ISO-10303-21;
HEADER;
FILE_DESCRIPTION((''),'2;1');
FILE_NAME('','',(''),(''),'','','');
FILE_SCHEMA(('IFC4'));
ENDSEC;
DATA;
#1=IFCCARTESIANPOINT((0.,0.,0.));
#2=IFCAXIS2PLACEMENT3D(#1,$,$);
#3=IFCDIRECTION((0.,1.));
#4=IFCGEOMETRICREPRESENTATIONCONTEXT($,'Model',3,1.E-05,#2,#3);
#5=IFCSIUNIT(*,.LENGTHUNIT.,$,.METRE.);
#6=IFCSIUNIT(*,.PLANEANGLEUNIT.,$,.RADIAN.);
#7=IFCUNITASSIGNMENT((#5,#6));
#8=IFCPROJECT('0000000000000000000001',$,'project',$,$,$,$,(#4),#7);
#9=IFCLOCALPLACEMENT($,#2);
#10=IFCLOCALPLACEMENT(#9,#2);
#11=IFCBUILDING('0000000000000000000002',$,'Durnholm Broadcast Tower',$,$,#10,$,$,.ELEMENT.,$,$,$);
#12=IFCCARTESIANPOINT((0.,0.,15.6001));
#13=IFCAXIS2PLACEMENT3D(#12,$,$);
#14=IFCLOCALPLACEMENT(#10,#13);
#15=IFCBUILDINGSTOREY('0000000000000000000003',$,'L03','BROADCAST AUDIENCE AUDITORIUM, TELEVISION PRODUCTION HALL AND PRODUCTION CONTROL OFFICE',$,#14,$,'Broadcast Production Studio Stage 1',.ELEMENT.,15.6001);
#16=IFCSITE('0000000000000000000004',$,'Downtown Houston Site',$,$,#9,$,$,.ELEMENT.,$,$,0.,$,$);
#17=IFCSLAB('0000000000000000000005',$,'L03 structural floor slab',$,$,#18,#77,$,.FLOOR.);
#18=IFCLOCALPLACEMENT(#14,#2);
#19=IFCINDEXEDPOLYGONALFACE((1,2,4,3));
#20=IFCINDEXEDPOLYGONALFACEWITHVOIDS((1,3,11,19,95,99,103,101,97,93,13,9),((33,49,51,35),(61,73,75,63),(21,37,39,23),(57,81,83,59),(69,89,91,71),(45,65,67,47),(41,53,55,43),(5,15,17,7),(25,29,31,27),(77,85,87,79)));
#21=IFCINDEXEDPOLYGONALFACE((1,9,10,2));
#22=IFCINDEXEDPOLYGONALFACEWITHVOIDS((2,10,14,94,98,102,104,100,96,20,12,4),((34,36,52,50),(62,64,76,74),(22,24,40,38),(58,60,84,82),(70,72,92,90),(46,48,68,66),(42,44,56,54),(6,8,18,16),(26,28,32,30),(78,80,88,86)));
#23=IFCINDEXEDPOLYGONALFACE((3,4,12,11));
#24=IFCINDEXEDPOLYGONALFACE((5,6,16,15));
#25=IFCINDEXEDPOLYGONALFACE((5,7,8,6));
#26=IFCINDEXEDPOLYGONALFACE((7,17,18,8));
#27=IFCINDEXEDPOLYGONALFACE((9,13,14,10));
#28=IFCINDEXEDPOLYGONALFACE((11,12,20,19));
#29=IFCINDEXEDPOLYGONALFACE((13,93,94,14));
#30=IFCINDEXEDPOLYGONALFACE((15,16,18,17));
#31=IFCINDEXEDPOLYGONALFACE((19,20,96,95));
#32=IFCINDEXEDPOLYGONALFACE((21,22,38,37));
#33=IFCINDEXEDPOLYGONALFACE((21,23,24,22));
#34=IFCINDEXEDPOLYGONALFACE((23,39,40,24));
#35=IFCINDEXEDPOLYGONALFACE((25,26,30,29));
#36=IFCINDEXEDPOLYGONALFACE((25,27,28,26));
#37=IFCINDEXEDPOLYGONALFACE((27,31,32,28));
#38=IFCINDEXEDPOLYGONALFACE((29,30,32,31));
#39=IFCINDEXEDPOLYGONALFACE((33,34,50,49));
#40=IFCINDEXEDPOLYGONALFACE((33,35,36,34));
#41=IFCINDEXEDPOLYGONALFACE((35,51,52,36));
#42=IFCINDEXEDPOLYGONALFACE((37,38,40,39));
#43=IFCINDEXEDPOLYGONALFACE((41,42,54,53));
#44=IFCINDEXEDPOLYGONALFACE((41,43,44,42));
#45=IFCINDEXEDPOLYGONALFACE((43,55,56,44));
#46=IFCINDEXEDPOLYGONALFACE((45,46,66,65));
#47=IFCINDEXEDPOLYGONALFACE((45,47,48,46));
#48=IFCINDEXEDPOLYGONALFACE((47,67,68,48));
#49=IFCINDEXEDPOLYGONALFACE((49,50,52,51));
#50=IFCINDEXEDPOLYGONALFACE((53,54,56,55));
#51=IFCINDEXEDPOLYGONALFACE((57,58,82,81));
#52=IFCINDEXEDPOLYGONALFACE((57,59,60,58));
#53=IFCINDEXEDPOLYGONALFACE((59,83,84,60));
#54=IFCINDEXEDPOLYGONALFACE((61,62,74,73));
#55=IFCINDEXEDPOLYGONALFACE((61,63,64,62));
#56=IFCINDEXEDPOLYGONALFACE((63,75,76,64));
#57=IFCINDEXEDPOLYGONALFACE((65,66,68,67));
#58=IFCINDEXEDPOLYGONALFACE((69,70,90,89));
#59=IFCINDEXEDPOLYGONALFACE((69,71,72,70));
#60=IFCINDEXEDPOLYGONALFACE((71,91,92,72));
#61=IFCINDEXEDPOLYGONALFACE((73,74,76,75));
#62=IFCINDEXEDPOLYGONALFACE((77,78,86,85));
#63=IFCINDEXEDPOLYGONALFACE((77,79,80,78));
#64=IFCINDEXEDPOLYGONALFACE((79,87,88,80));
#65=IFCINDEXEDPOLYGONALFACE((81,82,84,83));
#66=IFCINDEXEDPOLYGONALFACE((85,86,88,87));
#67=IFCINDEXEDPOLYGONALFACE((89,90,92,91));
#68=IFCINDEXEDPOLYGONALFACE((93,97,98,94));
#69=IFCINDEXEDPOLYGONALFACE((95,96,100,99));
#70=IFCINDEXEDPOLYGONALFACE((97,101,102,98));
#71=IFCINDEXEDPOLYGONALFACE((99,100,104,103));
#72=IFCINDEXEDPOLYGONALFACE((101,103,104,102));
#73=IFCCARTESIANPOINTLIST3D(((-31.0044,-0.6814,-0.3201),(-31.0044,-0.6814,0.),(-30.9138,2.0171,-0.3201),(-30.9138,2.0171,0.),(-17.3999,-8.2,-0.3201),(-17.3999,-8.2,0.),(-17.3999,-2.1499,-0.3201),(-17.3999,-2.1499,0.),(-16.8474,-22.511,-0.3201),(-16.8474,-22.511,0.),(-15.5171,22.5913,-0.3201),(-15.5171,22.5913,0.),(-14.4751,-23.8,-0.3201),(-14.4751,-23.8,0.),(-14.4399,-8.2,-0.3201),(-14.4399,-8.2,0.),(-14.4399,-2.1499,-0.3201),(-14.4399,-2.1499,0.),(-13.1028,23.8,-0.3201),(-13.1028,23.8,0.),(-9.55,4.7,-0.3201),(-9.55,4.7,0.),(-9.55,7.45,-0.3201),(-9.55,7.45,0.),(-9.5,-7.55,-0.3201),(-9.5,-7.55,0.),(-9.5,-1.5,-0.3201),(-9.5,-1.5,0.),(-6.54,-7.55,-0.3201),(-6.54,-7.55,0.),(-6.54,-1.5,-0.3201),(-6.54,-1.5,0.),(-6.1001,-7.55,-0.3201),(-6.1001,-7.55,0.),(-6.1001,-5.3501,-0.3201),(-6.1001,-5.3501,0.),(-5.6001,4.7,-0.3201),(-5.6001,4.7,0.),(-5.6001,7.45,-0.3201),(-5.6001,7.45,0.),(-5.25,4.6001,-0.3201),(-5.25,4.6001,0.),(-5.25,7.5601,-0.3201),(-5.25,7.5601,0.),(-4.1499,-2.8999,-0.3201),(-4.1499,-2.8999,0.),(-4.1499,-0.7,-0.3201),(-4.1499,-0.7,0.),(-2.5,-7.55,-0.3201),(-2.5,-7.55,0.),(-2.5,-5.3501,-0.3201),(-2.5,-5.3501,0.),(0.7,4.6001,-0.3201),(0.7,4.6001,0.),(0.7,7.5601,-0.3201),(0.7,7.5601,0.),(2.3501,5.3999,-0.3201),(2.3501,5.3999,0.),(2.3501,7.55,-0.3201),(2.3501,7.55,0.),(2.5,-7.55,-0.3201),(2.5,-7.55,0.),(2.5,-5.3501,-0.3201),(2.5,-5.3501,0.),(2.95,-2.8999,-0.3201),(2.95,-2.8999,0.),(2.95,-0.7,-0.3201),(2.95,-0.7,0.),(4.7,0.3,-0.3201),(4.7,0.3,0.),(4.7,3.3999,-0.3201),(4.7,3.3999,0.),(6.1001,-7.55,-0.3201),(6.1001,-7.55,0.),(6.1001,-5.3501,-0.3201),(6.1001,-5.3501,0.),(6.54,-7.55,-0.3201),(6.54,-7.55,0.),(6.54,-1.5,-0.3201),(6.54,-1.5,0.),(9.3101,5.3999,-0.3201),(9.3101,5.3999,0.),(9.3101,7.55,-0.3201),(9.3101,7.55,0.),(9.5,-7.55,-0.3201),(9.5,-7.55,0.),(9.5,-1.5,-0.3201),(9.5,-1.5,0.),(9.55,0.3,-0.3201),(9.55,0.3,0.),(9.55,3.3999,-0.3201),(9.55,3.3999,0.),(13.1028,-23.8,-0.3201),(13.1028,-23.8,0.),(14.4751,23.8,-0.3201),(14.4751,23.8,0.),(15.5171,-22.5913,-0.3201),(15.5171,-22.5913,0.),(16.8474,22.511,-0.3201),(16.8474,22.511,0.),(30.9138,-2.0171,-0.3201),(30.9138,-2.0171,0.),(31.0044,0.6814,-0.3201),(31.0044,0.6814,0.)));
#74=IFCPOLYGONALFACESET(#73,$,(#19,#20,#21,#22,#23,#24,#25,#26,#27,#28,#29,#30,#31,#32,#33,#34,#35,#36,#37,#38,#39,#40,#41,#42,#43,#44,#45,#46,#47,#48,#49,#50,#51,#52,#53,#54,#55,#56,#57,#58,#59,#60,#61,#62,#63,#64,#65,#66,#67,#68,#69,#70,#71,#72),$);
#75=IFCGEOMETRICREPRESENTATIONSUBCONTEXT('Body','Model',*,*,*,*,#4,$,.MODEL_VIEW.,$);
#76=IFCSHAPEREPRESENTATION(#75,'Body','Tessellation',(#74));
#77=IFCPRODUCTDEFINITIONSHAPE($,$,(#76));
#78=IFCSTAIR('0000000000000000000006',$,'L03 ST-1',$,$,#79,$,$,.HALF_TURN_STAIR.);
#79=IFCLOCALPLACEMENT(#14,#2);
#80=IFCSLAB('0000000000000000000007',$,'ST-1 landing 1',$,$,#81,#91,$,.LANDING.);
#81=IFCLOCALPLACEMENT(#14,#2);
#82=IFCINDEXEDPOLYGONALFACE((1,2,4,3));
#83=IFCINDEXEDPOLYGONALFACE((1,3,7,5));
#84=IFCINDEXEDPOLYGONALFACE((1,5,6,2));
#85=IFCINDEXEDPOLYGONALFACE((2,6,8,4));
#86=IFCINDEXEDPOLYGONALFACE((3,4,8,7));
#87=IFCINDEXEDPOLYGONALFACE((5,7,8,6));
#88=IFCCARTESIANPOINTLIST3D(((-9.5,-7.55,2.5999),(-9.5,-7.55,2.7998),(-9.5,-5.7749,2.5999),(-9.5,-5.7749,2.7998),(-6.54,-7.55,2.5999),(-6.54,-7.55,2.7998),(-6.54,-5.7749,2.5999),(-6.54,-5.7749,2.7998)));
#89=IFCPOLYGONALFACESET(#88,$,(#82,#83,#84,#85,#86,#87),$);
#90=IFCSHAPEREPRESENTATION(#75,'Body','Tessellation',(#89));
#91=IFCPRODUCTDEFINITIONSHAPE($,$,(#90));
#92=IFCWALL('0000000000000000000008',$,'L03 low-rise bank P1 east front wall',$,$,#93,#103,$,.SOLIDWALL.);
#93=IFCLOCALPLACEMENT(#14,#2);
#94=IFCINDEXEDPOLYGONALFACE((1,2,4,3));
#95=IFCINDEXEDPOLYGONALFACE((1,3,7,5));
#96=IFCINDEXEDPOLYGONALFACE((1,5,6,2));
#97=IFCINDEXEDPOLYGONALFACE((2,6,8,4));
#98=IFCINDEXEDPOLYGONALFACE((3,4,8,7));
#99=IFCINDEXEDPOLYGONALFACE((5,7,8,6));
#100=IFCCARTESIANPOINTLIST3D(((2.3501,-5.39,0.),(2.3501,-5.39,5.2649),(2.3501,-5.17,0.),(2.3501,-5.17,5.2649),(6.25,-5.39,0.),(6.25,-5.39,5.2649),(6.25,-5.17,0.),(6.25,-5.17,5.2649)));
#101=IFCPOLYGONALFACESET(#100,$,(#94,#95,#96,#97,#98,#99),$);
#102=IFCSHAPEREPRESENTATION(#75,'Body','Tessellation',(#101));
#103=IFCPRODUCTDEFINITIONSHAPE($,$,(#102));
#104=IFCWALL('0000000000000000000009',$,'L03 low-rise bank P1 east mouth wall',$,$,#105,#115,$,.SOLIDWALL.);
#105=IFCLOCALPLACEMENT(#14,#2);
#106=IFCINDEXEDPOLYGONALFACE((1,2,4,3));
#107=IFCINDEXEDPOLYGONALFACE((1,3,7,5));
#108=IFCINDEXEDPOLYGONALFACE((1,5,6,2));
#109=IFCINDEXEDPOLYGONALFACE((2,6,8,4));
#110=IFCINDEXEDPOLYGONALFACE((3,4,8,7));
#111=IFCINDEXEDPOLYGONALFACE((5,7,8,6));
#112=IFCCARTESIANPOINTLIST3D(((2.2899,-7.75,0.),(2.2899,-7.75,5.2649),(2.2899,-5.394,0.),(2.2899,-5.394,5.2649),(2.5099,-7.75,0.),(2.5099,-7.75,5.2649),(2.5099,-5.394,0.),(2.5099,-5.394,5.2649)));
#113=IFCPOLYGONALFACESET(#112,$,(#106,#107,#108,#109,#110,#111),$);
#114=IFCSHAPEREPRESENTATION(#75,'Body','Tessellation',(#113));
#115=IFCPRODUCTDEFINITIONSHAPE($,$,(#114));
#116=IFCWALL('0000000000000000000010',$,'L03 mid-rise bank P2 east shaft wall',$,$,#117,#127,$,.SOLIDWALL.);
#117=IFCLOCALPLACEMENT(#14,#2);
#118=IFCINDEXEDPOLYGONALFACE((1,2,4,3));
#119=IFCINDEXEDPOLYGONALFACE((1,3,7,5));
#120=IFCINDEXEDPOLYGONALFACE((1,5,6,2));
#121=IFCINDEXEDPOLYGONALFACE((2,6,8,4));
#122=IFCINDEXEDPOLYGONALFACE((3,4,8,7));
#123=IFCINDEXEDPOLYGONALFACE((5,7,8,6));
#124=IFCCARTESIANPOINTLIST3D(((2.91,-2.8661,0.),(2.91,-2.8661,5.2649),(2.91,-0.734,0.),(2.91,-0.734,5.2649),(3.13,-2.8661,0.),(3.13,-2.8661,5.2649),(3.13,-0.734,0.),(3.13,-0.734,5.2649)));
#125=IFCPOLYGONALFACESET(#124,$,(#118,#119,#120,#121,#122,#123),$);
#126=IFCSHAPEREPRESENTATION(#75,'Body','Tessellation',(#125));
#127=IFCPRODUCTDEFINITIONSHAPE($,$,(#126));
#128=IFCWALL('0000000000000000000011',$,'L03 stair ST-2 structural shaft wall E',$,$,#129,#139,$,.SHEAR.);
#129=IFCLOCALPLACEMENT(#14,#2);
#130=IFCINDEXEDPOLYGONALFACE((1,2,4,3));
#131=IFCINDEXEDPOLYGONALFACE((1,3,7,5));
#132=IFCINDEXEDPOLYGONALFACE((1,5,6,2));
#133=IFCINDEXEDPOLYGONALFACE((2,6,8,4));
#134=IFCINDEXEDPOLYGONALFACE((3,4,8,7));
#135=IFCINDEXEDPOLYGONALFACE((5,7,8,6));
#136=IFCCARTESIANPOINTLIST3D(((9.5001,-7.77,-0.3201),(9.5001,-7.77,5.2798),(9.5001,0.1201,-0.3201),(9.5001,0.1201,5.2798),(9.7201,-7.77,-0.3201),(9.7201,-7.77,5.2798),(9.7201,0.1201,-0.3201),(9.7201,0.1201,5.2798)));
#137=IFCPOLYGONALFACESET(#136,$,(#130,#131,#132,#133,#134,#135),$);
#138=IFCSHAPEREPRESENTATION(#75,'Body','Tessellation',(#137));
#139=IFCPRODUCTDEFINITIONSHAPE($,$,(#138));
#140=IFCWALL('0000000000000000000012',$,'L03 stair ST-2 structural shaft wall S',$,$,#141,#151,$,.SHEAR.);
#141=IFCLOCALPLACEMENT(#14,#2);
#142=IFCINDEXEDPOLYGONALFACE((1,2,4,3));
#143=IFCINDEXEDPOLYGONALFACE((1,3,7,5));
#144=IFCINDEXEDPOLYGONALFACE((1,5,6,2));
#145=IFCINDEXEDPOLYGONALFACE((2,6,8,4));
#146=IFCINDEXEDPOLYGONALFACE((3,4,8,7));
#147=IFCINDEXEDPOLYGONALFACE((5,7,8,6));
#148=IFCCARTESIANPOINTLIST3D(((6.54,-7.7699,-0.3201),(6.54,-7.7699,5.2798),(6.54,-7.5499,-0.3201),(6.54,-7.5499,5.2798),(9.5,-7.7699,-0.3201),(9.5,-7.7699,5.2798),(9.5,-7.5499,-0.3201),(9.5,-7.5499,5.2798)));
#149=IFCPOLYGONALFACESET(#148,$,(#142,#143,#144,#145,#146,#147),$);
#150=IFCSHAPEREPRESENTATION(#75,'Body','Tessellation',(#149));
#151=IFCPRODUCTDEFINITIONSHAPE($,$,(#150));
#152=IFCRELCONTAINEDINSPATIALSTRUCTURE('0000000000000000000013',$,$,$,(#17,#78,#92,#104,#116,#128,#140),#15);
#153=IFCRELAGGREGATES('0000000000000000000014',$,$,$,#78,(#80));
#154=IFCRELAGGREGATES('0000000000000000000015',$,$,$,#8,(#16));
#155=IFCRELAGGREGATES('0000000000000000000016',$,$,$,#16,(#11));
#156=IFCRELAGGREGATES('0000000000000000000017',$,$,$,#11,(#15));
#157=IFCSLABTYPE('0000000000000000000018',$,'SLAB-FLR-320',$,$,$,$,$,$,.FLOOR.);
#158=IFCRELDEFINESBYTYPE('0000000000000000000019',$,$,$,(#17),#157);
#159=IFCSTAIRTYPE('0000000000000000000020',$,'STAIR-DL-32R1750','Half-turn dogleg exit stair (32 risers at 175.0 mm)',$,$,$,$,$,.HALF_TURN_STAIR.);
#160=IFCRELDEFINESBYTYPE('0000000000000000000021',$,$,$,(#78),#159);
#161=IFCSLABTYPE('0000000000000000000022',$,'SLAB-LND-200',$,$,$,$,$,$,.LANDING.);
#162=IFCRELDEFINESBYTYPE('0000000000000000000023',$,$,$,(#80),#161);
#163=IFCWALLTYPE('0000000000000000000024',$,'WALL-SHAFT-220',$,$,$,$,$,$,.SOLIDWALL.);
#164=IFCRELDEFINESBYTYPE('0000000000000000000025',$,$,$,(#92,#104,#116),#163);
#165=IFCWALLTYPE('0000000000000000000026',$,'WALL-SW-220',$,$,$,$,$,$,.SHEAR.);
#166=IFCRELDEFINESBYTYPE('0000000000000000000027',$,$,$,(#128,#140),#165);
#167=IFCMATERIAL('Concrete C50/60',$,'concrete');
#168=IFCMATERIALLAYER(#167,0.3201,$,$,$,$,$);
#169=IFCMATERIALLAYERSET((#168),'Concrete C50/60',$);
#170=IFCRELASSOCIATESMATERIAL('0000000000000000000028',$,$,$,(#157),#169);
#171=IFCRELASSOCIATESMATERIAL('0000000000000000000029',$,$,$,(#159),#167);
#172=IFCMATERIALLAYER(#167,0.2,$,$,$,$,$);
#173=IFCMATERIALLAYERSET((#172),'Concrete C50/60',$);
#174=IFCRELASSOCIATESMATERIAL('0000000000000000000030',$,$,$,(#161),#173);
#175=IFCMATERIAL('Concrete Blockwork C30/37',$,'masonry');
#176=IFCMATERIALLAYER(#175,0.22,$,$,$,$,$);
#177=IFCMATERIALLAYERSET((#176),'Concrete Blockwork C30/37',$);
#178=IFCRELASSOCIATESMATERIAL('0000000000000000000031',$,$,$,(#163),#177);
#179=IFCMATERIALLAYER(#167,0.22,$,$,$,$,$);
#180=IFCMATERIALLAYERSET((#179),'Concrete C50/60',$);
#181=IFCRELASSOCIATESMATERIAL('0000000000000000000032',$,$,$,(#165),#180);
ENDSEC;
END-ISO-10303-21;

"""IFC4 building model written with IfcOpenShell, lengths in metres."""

from ifc_helpers import new_model, si_unit, direction, frame, frame_2d, origin, place, context, subcontext, project, spatial, polyline, rectangle, outline, extrude, material, layer, layer_set, type_object, element, aggregate, save


model = new_model("IFC4")

# Units and contexts
model_context = context("Model", 3, precision=1e-05, world=origin(), true_north=direction((0.0, 1.0)))
body_context = subcontext(model_context, "Body", "Model", "MODEL_VIEW")
ifc_project = project(units=[si_unit("LENGTHUNIT", "METRE"), si_unit("PLANEANGLEUNIT", "RADIAN")], contexts=[model_context])

# Site, building, storey
site_placement = place(None, origin())
site = spatial("IfcSite", under=ifc_project, at=site_placement, Name="Downtown Houston Site", CompositionType="ELEMENT", RefElevation=0.0)
building_placement = place(site_placement, origin())
building = spatial("IfcBuilding", under=site, at=building_placement, Name="Durnholm Broadcast Tower", CompositionType="ELEMENT")
storey_placement = place(building_placement, frame((0.0, 0.0, 15.6001)))
storey = spatial("IfcBuildingStorey", under=building, at=storey_placement, Name="L03", Description="BROADCAST AUDIENCE AUDITORIUM, TELEVISION PRODUCTION HALL AND PRODUCTION CONTROL OFFICE", LongName="Broadcast Production Studio Stage 1", CompositionType="ELEMENT", Elevation=15.6001)

# Slab
ifc_material_1 = material(Name="Concrete C50/60", Category="concrete")
ifc_layer_1 = layer(ifc_material_1, 0.3201)
ifc_layer_set_1 = layer_set([ifc_layer_1], Name="Concrete C50/60")
slab_type_1 = type_object("IfcSlabType", Name="SLAB-FLR-320", PredefinedType="FLOOR", material=ifc_layer_set_1)
slab_1_placement = place(storey_placement, frame((0.0, 0.0, -0.3201)))
element("IfcSlab", 1, at=slab_1_placement, inside=storey, type_object=slab_type_1, Name="L03 structural floor slab", PredefinedType="FLOOR", context=body_context, shape_type="SweptSolid", body=[
    extrude(outline(polyline([(-16.8474, -22.511), (-14.4751, -23.8), (13.1028, -23.8), (15.5171, -22.5913), (30.9138, -2.0171), (31.0044, 0.6814), (16.8474, 22.511), (14.4751, 23.8), (-13.1028, 23.8), (-15.5171, 22.5913), (-30.9138, 2.0171), (-31.0044, -0.6814), (-16.8474, -22.511)]), holes=[polyline([(-2.5, -5.3501), (-6.1001, -5.3501), (-6.1001, -7.55), (-2.5, -7.55), (-2.5, -5.3501)]), polyline([(6.1001, -5.3501), (2.5, -5.3501), (2.5, -7.55), (6.1001, -7.55), (6.1001, -5.3501)]), polyline([(-14.4399, -8.2), (-14.4399, -2.1499), (-17.3999, -2.1499), (-17.3999, -8.2), (-14.4399, -8.2)]), polyline([(-9.5, -7.55), (-6.54, -7.55), (-6.54, -1.5), (-9.5, -1.5), (-9.5, -7.55)]), polyline([(6.54, -7.55), (9.5, -7.55), (9.5, -1.5), (6.54, -1.5), (6.54, -7.55)]), polyline([(2.95, -0.7), (-4.1499, -0.7), (-4.1499, -2.8999), (2.95, -2.8999), (2.95, -0.7)]), polyline([(9.55, 3.3999), (4.7, 3.3999), (4.7, 0.3), (9.55, 0.3), (9.55, 3.3999)]), polyline([(-5.6001, 7.45), (-9.55, 7.45), (-9.55, 4.7), (-5.6001, 4.7), (-5.6001, 7.45)]), polyline([(-5.25, 7.5601), (-5.25, 4.6001), (0.7, 4.6001), (0.7, 7.5601), (-5.25, 7.5601)]), polyline([(9.3101, 5.3999), (9.3101, 7.55), (2.3501, 7.55), (2.3501, 5.3999), (9.3101, 5.3999)])]), origin(), (0.0, 0.0, 1.0), 0.3201),
])

# Stair, slab
stair_type = type_object("IfcStairType", Name="STAIR-DL-32R1750", Description="Half-turn dogleg exit stair (32 risers at 175.0 mm)", PredefinedType="HALF_TURN_STAIR", material=ifc_material_1)
stair_1_placement = place(storey_placement, origin())
stair_1 = element("IfcStair", 2, at=stair_1_placement, inside=storey, type_object=stair_type, Name="L03 ST-1", PredefinedType="HALF_TURN_STAIR")
ifc_layer_2 = layer(ifc_material_1, 0.2)
ifc_layer_set_2 = layer_set([ifc_layer_2], Name="Concrete C50/60")
slab_type_2 = type_object("IfcSlabType", Name="SLAB-LND-200", PredefinedType="LANDING", material=ifc_layer_set_2)
slab_2_placement = place(storey_placement, frame((0.0, 0.0, 2.5999)))
slab_2 = element("IfcSlab", 3, at=slab_2_placement, type_object=slab_type_2, Name="ST-1 landing 1", PredefinedType="LANDING", context=body_context, shape_type="SweptSolid", body=[
    extrude(outline(polyline([(-9.5, -5.7749), (-9.5, -7.55), (-6.54, -7.55), (-6.54, -5.7749), (-9.5, -5.7749)])), origin(), (0.0, 0.0, 1.0), 0.2),
])
aggregate(stair_1, [slab_2])

# Walls
ifc_material_2 = material(Name="Concrete Blockwork C30/37", Category="masonry")
ifc_layer_3 = layer(ifc_material_2, 0.22)
ifc_layer_set_3 = layer_set([ifc_layer_3], Name="Concrete Blockwork C30/37")
wall_type_1 = type_object("IfcWallType", Name="WALL-SHAFT-220", PredefinedType="SOLIDWALL", material=ifc_layer_set_3)
wall_1_placement = place(storey_placement, frame((2.3501, -5.28, 0.0), z_axis=(0.0, 0.0, 1.0), x_axis=(1.0, 0.0, 0.0)))
element("IfcWall", 4, at=wall_1_placement, inside=storey, type_object=wall_type_1, Name="L03 low-rise bank P1 east front wall", PredefinedType="SOLIDWALL", context=body_context, shape_type="SweptSolid", body=[
    extrude(rectangle(XDim=3.8999, YDim=0.22, at=frame_2d((1.95, 0.0))), origin(), (0.0, 0.0, 1.0), 5.2649),
])
wall_2_placement = place(storey_placement, frame((2.3999, -7.75, 0.0), z_axis=(0.0, 0.0, 1.0), x_axis=(0.0, 1.0, 0.0)))
element("IfcWall", 5, at=wall_2_placement, inside=storey, type_object=wall_type_1, Name="L03 low-rise bank P1 east mouth wall", PredefinedType="SOLIDWALL", context=body_context, shape_type="SweptSolid", body=[
    extrude(rectangle(XDim=2.356, YDim=0.22, at=frame_2d((1.178, 0.0))), origin(), (0.0, 0.0, 1.0), 5.2649),
])
wall_3_placement = place(storey_placement, frame((3.02, -2.866, 0.0), z_axis=(0.0, 0.0, 1.0), x_axis=(0.0, 1.0, 0.0)))
element("IfcWall", 6, at=wall_3_placement, inside=storey, type_object=wall_type_1, Name="L03 mid-rise bank P2 east shaft wall", PredefinedType="SOLIDWALL", context=body_context, shape_type="SweptSolid", body=[
    extrude(rectangle(XDim=2.1321, YDim=0.22, at=frame_2d((1.0659, 0.0))), origin(), (0.0, 0.0, 1.0), 5.2649),
])
ifc_layer_4 = layer(ifc_material_1, 0.22)
ifc_layer_set_4 = layer_set([ifc_layer_4], Name="Concrete C50/60")
wall_type_2 = type_object("IfcWallType", Name="WALL-SW-220", PredefinedType="SHEAR", material=ifc_layer_set_4)
wall_4_placement = place(storey_placement, frame((9.6101, -7.77, -0.3201), z_axis=(0.0, 0.0, 1.0), x_axis=(0.0, 1.0, 0.0)))
element("IfcWall", 7, at=wall_4_placement, inside=storey, type_object=wall_type_2, Name="L03 stair ST-2 structural shaft wall E", PredefinedType="SHEAR", context=body_context, shape_type="SweptSolid", body=[
    extrude(rectangle(XDim=7.8901, YDim=0.22, at=frame_2d((3.9451, 0.0))), origin(), (0.0, 0.0, 1.0), 5.5999),
])
wall_5_placement = place(storey_placement, frame((6.54, -7.6599, -0.3201), z_axis=(0.0, 0.0, 1.0), x_axis=(1.0, 0.0, 0.0)))
element("IfcWall", 8, at=wall_5_placement, inside=storey, type_object=wall_type_2, Name="L03 stair ST-2 structural shaft wall S", PredefinedType="SHEAR", context=body_context, shape_type="SweptSolid", body=[
    extrude(rectangle(XDim=2.96, YDim=0.22, at=frame_2d((1.48, 0.0))), origin(), (0.0, 0.0, 1.0), 5.5999),
])

save(model, "model.ifc")
